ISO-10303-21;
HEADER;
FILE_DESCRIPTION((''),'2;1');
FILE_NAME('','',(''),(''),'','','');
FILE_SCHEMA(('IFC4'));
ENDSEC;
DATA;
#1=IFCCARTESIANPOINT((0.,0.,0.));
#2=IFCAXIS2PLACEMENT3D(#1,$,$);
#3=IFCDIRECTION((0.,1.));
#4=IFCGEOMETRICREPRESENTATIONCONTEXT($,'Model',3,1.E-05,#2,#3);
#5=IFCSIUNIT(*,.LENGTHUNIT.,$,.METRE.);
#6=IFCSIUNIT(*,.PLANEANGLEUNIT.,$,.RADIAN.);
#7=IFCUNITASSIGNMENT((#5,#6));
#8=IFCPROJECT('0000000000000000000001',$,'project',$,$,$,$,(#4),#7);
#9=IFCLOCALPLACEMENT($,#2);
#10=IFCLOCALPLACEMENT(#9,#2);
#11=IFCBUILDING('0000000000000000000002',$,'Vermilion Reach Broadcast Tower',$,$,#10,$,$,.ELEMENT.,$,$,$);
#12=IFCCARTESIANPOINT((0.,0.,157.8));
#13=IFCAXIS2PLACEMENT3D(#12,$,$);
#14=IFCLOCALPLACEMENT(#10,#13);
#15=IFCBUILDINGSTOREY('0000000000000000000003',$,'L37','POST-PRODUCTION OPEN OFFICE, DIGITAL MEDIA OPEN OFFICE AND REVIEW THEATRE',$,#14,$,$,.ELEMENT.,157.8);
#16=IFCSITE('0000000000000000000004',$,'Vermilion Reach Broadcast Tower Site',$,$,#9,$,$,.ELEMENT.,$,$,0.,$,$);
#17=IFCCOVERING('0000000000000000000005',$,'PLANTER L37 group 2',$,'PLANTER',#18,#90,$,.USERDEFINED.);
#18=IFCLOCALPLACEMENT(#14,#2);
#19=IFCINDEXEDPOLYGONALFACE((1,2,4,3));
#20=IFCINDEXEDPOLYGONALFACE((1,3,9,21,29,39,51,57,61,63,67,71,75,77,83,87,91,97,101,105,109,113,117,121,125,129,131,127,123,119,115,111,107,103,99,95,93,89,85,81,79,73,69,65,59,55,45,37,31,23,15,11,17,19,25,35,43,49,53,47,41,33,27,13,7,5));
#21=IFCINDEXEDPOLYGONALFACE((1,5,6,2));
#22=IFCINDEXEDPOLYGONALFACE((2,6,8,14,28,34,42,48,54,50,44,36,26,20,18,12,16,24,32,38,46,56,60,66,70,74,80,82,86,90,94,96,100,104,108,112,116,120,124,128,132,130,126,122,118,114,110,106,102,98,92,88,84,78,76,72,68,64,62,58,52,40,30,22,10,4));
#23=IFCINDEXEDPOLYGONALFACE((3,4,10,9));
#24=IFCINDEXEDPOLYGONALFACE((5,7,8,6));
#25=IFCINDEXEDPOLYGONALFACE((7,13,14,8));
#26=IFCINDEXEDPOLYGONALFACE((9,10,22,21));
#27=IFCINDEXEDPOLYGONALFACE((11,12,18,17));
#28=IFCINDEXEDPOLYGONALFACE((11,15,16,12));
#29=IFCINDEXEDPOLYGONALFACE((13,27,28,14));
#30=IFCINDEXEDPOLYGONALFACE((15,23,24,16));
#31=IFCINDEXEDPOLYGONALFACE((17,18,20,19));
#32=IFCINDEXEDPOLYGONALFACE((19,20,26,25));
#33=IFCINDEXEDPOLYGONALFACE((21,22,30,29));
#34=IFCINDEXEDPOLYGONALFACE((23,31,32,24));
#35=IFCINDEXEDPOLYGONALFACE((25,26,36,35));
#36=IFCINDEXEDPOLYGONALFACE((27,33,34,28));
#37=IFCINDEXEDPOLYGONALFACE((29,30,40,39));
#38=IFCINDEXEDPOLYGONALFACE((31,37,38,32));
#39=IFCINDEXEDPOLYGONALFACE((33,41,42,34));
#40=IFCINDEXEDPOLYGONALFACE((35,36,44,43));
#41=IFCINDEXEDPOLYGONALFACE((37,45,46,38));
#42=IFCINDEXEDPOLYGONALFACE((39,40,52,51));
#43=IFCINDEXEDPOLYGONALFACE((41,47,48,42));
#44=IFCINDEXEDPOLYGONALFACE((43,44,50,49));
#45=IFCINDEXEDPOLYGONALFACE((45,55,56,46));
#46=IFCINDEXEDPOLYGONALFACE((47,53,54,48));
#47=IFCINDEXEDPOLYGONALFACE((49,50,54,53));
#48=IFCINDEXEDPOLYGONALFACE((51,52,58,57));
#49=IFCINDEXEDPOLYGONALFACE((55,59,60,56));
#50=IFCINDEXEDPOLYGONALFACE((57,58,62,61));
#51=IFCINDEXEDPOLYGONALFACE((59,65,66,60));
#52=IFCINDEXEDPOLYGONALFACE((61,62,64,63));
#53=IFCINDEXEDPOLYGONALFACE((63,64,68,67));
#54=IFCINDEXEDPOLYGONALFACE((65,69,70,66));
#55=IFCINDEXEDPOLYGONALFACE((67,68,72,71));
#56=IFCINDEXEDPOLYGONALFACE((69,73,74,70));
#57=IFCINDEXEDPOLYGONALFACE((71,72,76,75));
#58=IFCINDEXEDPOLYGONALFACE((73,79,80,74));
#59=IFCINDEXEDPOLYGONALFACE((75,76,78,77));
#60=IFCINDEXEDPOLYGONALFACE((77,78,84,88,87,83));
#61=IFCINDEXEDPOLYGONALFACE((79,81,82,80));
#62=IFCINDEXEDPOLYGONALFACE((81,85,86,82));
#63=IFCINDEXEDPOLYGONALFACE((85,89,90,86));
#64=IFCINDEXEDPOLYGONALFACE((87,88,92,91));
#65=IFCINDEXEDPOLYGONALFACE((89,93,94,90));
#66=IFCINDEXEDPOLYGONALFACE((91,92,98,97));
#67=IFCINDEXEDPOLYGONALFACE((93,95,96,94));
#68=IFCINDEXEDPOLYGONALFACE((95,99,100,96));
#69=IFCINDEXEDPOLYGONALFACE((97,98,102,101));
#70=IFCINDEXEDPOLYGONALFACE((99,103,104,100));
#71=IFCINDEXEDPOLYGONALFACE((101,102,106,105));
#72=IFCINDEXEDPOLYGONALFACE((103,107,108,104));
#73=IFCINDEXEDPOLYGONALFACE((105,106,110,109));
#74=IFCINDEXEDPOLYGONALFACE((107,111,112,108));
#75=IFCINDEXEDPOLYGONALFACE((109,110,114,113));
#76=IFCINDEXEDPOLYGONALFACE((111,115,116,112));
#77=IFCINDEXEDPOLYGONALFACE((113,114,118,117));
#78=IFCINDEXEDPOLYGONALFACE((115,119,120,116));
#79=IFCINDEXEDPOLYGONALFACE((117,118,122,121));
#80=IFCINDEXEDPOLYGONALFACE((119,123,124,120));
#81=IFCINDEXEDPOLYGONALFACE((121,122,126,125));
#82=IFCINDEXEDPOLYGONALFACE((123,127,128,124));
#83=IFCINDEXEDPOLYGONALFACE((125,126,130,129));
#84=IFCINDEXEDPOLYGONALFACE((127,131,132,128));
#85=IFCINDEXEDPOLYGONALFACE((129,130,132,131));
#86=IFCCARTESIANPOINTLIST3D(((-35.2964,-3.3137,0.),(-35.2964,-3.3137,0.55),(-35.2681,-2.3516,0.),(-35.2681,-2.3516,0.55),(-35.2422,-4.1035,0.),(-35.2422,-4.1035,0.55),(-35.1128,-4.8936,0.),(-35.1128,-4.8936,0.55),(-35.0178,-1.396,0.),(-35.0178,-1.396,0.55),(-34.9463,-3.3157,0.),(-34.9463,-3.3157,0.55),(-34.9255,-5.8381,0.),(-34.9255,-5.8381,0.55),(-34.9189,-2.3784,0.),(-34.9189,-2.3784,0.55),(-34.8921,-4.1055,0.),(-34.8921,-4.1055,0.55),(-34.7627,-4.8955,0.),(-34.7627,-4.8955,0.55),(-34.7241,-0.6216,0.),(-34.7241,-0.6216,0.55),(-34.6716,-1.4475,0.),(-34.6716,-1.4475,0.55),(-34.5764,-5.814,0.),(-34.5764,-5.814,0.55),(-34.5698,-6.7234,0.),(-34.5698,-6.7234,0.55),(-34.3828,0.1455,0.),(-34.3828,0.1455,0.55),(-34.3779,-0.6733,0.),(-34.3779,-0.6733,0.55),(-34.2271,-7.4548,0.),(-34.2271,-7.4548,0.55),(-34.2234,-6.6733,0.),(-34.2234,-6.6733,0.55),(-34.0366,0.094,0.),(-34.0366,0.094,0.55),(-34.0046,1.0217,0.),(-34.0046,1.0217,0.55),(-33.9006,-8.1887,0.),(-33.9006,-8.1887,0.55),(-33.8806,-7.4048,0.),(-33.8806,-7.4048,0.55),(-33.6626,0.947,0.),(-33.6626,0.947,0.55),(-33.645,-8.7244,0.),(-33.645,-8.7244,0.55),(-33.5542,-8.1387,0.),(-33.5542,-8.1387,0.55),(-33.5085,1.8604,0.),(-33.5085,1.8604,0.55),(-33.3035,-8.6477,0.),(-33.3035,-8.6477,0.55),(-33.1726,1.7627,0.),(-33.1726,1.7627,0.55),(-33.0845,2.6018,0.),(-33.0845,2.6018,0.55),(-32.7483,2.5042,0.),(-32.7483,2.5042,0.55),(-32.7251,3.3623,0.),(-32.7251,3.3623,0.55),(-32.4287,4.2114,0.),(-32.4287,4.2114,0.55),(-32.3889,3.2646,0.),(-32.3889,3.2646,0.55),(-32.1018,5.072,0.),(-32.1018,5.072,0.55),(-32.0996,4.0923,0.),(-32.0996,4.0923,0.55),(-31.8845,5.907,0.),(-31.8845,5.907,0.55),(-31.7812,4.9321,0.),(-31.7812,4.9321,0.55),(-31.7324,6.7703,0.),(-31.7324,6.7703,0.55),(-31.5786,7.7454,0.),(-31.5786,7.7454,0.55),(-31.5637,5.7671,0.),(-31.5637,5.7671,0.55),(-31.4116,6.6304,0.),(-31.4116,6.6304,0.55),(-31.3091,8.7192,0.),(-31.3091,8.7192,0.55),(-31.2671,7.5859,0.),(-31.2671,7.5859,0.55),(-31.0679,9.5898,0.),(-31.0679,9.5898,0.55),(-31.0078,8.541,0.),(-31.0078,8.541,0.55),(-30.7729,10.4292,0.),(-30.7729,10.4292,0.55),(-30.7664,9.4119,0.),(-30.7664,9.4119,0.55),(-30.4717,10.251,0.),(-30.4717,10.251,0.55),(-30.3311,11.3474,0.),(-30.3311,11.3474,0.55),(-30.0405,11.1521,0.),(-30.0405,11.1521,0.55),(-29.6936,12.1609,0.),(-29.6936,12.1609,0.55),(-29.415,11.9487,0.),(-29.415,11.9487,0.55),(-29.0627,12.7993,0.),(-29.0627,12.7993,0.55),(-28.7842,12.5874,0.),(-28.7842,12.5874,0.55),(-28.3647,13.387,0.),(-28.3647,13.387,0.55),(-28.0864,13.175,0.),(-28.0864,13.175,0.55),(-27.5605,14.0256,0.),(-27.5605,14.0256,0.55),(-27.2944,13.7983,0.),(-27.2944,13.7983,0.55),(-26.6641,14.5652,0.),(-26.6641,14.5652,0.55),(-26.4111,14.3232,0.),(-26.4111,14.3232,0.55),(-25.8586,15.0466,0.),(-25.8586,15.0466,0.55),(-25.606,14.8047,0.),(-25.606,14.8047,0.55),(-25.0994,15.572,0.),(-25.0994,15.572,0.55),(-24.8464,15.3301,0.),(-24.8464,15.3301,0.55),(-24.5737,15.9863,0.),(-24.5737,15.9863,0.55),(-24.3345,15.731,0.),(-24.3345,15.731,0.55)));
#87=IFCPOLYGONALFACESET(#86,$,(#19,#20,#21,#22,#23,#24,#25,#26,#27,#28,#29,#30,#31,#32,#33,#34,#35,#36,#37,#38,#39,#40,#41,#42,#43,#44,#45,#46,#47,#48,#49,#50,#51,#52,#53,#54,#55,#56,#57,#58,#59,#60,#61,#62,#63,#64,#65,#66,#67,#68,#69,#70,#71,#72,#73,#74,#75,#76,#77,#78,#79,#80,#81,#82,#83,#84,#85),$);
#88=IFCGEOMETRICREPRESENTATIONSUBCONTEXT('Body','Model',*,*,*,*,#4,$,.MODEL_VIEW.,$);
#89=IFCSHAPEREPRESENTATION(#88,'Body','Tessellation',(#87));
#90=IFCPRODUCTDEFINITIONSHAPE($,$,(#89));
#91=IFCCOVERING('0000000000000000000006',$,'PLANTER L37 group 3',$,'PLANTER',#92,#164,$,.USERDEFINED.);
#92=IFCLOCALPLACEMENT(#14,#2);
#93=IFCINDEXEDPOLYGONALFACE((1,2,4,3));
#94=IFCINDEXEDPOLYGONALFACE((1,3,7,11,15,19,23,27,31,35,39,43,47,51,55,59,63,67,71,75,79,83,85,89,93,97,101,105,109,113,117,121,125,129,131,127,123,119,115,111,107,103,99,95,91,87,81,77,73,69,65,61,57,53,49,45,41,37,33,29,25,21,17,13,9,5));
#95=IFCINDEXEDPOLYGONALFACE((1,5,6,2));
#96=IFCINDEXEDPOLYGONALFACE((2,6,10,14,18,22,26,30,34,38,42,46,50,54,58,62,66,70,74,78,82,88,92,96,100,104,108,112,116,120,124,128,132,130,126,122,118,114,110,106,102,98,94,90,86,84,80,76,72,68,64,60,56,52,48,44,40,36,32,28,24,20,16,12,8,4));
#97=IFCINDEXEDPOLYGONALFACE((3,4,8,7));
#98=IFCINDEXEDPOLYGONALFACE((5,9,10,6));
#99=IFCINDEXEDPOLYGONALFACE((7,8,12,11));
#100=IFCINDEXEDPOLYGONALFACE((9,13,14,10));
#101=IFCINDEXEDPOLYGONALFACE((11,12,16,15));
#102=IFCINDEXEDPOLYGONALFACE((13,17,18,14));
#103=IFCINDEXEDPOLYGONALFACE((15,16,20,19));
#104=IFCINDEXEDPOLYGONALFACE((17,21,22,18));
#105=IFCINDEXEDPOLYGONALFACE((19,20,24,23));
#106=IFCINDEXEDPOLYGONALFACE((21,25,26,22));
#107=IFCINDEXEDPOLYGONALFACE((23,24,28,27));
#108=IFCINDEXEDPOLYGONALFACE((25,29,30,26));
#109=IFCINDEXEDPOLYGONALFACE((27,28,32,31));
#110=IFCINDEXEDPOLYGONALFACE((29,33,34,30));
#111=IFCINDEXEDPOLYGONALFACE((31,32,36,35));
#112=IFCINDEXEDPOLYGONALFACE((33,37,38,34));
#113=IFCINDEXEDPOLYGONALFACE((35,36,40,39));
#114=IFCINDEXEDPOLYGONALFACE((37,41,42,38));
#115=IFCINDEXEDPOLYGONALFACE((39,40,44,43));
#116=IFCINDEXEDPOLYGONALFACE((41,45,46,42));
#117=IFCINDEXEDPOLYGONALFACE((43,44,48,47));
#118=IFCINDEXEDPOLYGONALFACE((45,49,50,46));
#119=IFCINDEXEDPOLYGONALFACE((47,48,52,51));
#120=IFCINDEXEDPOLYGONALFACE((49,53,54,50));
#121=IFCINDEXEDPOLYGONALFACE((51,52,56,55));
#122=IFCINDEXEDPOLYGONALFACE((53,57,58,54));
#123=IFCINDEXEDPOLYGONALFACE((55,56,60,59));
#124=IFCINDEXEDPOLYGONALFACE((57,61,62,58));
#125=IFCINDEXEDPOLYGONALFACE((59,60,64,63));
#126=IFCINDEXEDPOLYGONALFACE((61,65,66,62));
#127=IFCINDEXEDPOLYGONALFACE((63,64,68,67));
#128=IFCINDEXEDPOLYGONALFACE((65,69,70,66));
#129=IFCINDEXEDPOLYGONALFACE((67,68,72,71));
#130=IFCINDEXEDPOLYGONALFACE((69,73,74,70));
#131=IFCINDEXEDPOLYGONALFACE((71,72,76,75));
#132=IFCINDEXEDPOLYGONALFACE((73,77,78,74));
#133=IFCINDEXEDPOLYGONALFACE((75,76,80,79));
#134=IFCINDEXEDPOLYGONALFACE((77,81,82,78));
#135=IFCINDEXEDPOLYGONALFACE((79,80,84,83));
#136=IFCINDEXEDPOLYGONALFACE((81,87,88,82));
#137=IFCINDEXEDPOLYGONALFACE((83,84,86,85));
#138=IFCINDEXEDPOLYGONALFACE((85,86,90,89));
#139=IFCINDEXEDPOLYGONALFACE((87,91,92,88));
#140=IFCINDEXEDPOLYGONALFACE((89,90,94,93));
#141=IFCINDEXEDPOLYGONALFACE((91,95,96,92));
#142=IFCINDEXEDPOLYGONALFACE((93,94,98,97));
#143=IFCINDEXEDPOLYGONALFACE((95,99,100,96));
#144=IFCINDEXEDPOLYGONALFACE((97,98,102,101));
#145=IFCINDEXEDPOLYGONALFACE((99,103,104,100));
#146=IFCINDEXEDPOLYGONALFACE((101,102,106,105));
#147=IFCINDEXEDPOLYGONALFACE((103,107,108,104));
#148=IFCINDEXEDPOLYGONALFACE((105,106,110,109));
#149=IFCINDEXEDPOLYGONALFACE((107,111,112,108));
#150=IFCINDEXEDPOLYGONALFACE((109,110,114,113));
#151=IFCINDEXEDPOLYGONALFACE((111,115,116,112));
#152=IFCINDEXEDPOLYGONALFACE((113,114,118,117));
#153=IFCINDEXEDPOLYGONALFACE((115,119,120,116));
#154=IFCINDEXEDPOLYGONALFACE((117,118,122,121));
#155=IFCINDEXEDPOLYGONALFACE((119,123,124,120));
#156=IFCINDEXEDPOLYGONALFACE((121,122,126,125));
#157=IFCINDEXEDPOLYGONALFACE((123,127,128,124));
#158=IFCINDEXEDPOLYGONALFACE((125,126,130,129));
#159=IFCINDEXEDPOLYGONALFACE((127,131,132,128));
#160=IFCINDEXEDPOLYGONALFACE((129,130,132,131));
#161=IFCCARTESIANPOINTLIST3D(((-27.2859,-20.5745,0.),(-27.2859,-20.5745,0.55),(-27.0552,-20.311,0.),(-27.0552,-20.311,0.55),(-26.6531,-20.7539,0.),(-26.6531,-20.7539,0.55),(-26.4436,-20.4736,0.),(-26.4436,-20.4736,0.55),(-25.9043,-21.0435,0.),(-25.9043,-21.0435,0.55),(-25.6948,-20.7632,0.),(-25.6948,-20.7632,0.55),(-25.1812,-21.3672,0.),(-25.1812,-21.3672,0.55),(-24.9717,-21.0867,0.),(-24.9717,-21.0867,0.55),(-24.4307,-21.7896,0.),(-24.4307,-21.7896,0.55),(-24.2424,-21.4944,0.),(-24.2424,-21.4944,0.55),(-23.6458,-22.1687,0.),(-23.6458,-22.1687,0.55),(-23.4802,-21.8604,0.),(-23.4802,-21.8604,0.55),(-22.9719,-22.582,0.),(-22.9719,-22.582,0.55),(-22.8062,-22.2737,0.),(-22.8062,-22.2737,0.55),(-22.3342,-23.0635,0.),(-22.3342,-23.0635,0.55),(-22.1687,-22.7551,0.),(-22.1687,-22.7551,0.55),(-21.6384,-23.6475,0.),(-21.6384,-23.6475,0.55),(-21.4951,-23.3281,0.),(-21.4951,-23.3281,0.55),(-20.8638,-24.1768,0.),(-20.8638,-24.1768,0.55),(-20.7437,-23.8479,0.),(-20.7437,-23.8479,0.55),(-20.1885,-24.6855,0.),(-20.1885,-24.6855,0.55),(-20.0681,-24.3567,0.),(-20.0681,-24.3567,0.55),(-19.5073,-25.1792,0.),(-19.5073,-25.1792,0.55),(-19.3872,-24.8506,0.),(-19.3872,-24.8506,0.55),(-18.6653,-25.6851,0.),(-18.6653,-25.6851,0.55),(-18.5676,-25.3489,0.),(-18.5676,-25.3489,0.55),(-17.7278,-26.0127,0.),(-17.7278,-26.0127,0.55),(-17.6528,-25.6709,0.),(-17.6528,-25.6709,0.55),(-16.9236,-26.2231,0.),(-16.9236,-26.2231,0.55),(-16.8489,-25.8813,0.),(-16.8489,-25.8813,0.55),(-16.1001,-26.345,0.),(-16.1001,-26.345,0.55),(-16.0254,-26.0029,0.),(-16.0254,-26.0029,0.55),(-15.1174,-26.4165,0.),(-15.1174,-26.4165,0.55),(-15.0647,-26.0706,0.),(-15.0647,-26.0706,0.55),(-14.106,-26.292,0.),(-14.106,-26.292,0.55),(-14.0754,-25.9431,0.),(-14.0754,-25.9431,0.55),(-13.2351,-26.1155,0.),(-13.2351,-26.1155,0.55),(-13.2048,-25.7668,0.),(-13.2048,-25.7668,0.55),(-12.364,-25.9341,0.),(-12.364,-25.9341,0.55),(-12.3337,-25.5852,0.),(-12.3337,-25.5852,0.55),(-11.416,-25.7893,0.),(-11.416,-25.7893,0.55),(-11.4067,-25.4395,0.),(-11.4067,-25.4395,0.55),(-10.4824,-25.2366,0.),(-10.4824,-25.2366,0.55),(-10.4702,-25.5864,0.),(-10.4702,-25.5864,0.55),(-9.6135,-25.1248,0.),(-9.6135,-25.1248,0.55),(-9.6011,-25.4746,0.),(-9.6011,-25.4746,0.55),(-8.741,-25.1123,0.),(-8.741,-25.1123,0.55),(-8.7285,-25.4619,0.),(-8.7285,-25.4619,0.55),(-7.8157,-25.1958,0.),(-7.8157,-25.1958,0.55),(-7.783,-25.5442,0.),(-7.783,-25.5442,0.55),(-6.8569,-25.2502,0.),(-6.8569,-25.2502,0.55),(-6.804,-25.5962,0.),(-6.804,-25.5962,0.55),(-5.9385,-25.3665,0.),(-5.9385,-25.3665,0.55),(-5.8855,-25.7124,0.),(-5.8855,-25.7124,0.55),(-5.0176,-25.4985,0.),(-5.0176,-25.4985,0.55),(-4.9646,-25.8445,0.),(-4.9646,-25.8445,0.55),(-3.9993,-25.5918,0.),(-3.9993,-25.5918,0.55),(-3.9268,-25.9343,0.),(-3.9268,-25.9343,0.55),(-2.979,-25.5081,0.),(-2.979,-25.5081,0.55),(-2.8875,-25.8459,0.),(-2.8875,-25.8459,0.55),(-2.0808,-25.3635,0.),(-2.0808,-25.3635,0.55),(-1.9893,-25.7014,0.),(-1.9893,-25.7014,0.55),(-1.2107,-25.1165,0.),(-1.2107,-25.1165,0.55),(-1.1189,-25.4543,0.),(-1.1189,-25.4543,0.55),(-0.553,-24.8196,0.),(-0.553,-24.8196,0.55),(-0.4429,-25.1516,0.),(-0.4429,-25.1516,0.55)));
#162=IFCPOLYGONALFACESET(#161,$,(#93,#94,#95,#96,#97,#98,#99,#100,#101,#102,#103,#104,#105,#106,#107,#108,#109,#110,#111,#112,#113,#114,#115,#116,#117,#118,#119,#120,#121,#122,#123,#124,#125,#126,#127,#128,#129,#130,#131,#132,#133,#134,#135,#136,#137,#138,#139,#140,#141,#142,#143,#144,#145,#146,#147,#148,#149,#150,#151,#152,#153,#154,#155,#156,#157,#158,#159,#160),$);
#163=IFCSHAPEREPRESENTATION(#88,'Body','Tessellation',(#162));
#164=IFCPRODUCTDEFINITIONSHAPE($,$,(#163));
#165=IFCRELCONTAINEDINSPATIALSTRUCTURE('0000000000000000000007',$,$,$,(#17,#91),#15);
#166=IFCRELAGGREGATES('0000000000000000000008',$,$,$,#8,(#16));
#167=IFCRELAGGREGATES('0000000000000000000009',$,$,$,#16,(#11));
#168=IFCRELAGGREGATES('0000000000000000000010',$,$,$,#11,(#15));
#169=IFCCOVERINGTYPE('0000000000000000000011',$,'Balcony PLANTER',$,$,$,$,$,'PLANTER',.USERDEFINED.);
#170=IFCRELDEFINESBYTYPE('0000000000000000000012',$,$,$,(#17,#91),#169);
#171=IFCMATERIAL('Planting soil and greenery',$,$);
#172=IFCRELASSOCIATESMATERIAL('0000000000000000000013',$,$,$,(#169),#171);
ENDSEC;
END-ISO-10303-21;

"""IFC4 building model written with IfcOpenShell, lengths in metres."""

from ifc_helpers import new_model, si_unit, direction, frame, origin, place, context, subcontext, project, spatial, polyline, outline, extrude, material, type_object, element, save


model = new_model("IFC4")

# Units and contexts
model_context = context("Model", 3, precision=1e-05, world=origin(), true_north=direction((0.0, 1.0)))
body_context = subcontext(model_context, "Body", "Model", "MODEL_VIEW")
ifc_project = project(units=[si_unit("LENGTHUNIT", "METRE"), si_unit("PLANEANGLEUNIT", "RADIAN")], contexts=[model_context])

# Site, building, storey
site_placement = place(None, origin())
site = spatial("IfcSite", under=ifc_project, at=site_placement, Name="Vermilion Reach Broadcast Tower Site", CompositionType="ELEMENT", RefElevation=0.0)
building_placement = place(site_placement, origin())
building = spatial("IfcBuilding", under=site, at=building_placement, Name="Vermilion Reach Broadcast Tower", CompositionType="ELEMENT")
storey_placement = place(building_placement, frame((0.0, 0.0, 157.8)))
storey = spatial("IfcBuildingStorey", under=building, at=storey_placement, Name="L37", Description="POST-PRODUCTION OPEN OFFICE, DIGITAL MEDIA OPEN OFFICE AND REVIEW THEATRE", CompositionType="ELEMENT", Elevation=157.8)

# Shared definitions
placement_1 = place(storey_placement, origin())

# Coverings
ifc_material_1 = material(Name="Planting soil and greenery")
covering_type = type_object("IfcCoveringType", Name="Balcony PLANTER", ElementType="PLANTER", PredefinedType="USERDEFINED", material=ifc_material_1)
element("IfcCovering", 1, at=placement_1, inside=storey, type_object=covering_type, Name="PLANTER L37 group 2", ObjectType="PLANTER", PredefinedType="USERDEFINED", context=body_context, shape_type="SweptSolid", body=[
    extrude(outline(polyline([(-24.5737, 15.9863), (-25.0994, 15.572), (-25.8586, 15.0466), (-26.6641, 14.5652), (-27.5605, 14.0256), (-28.3647, 13.387), (-29.0627, 12.7993), (-29.6936, 12.1609), (-30.3311, 11.3474), (-30.7729, 10.4292), (-31.0679, 9.5898), (-31.3091, 8.7192), (-31.5786, 7.7454), (-31.7324, 6.7703), (-31.8845, 5.907), (-32.1018, 5.072), (-32.4287, 4.2114), (-32.7251, 3.3623), (-33.0845, 2.6018), (-33.5085, 1.8604), (-34.0046, 1.0217), (-34.3828, 0.1455), (-34.7241, -0.6216), (-35.0178, -1.396), (-35.2681, -2.3516), (-35.2964, -3.3137), (-35.2422, -4.1035), (-35.1128, -4.8936), (-34.9255, -5.8381), (-34.5698, -6.7234), (-34.2271, -7.4548), (-33.9006, -8.1887), (-33.645, -8.7244), (-33.3035, -8.6477), (-33.5542, -8.1387), (-33.8806, -7.4048), (-34.2234, -6.6733), (-34.5764, -5.814), (-34.7627, -4.8955), (-34.8921, -4.1055), (-34.9463, -3.3157), (-34.9189, -2.3784), (-34.6716, -1.4475), (-34.3779, -0.6733), (-34.0366, 0.094), (-33.6626, 0.947), (-33.1726, 1.7627), (-32.7483, 2.5042), (-32.3889, 3.2646), (-32.0996, 4.0923), (-31.7812, 4.9321), (-31.5637, 5.7671), (-31.4116, 6.6304), (-31.2671, 7.5859), (-31.0078, 8.541), (-30.7664, 9.4119), (-30.4717, 10.251), (-30.0405, 11.1521), (-29.415, 11.9487), (-28.7842, 12.5874), (-28.0864, 13.175), (-27.2944, 13.7983), (-26.4111, 14.3232), (-25.606, 14.8047), (-24.8464, 15.3301), (-24.3345, 15.731), (-24.5737, 15.9863)])), origin(), (0.0, 0.0, 1.0), 0.55),
])
element("IfcCovering", 2, at=placement_1, inside=storey, type_object=covering_type, Name="PLANTER L37 group 3", ObjectType="PLANTER", PredefinedType="USERDEFINED", context=body_context, shape_type="SweptSolid", body=[
    extrude(outline(polyline([(-27.2859, -20.5745), (-26.6531, -20.7539), (-25.9043, -21.0435), (-25.1812, -21.3672), (-24.4307, -21.7896), (-23.6458, -22.1687), (-22.9719, -22.582), (-22.3342, -23.0635), (-21.6384, -23.6475), (-20.8638, -24.1768), (-20.1885, -24.6855), (-19.5073, -25.1792), (-18.6653, -25.6851), (-17.7278, -26.0127), (-16.9236, -26.2231), (-16.1001, -26.345), (-15.1174, -26.4165), (-14.106, -26.292), (-13.2351, -26.1155), (-12.364, -25.9341), (-11.416, -25.7893), (-10.4702, -25.5864), (-9.6011, -25.4746), (-8.7285, -25.4619), (-7.783, -25.5442), (-6.804, -25.5962), (-5.8855, -25.7124), (-4.9646, -25.8445), (-3.9268, -25.9343), (-2.8875, -25.8459), (-1.9893, -25.7014), (-1.1189, -25.4543), (-0.4429, -25.1516), (-0.553, -24.8196), (-1.2107, -25.1165), (-2.0808, -25.3635), (-2.979, -25.5081), (-3.9993, -25.5918), (-5.0176, -25.4985), (-5.9385, -25.3665), (-6.8569, -25.2502), (-7.8157, -25.1958), (-8.741, -25.1123), (-9.6135, -25.1248), (-10.4824, -25.2366), (-11.4067, -25.4395), (-12.3337, -25.5852), (-13.2048, -25.7668), (-14.0754, -25.9431), (-15.0647, -26.0706), (-16.0254, -26.0029), (-16.8489, -25.8813), (-17.6528, -25.6709), (-18.5676, -25.3489), (-19.3872, -24.8506), (-20.0681, -24.3567), (-20.7437, -23.8479), (-21.4951, -23.3281), (-22.1687, -22.7551), (-22.8062, -22.2737), (-23.4802, -21.8604), (-24.2424, -21.4944), (-24.9717, -21.0867), (-25.6948, -20.7632), (-26.4436, -20.4736), (-27.0552, -20.311), (-27.2859, -20.5745)])), origin(), (0.0, 0.0, 1.0), 0.55),
])

save(model, "model.ifc")
